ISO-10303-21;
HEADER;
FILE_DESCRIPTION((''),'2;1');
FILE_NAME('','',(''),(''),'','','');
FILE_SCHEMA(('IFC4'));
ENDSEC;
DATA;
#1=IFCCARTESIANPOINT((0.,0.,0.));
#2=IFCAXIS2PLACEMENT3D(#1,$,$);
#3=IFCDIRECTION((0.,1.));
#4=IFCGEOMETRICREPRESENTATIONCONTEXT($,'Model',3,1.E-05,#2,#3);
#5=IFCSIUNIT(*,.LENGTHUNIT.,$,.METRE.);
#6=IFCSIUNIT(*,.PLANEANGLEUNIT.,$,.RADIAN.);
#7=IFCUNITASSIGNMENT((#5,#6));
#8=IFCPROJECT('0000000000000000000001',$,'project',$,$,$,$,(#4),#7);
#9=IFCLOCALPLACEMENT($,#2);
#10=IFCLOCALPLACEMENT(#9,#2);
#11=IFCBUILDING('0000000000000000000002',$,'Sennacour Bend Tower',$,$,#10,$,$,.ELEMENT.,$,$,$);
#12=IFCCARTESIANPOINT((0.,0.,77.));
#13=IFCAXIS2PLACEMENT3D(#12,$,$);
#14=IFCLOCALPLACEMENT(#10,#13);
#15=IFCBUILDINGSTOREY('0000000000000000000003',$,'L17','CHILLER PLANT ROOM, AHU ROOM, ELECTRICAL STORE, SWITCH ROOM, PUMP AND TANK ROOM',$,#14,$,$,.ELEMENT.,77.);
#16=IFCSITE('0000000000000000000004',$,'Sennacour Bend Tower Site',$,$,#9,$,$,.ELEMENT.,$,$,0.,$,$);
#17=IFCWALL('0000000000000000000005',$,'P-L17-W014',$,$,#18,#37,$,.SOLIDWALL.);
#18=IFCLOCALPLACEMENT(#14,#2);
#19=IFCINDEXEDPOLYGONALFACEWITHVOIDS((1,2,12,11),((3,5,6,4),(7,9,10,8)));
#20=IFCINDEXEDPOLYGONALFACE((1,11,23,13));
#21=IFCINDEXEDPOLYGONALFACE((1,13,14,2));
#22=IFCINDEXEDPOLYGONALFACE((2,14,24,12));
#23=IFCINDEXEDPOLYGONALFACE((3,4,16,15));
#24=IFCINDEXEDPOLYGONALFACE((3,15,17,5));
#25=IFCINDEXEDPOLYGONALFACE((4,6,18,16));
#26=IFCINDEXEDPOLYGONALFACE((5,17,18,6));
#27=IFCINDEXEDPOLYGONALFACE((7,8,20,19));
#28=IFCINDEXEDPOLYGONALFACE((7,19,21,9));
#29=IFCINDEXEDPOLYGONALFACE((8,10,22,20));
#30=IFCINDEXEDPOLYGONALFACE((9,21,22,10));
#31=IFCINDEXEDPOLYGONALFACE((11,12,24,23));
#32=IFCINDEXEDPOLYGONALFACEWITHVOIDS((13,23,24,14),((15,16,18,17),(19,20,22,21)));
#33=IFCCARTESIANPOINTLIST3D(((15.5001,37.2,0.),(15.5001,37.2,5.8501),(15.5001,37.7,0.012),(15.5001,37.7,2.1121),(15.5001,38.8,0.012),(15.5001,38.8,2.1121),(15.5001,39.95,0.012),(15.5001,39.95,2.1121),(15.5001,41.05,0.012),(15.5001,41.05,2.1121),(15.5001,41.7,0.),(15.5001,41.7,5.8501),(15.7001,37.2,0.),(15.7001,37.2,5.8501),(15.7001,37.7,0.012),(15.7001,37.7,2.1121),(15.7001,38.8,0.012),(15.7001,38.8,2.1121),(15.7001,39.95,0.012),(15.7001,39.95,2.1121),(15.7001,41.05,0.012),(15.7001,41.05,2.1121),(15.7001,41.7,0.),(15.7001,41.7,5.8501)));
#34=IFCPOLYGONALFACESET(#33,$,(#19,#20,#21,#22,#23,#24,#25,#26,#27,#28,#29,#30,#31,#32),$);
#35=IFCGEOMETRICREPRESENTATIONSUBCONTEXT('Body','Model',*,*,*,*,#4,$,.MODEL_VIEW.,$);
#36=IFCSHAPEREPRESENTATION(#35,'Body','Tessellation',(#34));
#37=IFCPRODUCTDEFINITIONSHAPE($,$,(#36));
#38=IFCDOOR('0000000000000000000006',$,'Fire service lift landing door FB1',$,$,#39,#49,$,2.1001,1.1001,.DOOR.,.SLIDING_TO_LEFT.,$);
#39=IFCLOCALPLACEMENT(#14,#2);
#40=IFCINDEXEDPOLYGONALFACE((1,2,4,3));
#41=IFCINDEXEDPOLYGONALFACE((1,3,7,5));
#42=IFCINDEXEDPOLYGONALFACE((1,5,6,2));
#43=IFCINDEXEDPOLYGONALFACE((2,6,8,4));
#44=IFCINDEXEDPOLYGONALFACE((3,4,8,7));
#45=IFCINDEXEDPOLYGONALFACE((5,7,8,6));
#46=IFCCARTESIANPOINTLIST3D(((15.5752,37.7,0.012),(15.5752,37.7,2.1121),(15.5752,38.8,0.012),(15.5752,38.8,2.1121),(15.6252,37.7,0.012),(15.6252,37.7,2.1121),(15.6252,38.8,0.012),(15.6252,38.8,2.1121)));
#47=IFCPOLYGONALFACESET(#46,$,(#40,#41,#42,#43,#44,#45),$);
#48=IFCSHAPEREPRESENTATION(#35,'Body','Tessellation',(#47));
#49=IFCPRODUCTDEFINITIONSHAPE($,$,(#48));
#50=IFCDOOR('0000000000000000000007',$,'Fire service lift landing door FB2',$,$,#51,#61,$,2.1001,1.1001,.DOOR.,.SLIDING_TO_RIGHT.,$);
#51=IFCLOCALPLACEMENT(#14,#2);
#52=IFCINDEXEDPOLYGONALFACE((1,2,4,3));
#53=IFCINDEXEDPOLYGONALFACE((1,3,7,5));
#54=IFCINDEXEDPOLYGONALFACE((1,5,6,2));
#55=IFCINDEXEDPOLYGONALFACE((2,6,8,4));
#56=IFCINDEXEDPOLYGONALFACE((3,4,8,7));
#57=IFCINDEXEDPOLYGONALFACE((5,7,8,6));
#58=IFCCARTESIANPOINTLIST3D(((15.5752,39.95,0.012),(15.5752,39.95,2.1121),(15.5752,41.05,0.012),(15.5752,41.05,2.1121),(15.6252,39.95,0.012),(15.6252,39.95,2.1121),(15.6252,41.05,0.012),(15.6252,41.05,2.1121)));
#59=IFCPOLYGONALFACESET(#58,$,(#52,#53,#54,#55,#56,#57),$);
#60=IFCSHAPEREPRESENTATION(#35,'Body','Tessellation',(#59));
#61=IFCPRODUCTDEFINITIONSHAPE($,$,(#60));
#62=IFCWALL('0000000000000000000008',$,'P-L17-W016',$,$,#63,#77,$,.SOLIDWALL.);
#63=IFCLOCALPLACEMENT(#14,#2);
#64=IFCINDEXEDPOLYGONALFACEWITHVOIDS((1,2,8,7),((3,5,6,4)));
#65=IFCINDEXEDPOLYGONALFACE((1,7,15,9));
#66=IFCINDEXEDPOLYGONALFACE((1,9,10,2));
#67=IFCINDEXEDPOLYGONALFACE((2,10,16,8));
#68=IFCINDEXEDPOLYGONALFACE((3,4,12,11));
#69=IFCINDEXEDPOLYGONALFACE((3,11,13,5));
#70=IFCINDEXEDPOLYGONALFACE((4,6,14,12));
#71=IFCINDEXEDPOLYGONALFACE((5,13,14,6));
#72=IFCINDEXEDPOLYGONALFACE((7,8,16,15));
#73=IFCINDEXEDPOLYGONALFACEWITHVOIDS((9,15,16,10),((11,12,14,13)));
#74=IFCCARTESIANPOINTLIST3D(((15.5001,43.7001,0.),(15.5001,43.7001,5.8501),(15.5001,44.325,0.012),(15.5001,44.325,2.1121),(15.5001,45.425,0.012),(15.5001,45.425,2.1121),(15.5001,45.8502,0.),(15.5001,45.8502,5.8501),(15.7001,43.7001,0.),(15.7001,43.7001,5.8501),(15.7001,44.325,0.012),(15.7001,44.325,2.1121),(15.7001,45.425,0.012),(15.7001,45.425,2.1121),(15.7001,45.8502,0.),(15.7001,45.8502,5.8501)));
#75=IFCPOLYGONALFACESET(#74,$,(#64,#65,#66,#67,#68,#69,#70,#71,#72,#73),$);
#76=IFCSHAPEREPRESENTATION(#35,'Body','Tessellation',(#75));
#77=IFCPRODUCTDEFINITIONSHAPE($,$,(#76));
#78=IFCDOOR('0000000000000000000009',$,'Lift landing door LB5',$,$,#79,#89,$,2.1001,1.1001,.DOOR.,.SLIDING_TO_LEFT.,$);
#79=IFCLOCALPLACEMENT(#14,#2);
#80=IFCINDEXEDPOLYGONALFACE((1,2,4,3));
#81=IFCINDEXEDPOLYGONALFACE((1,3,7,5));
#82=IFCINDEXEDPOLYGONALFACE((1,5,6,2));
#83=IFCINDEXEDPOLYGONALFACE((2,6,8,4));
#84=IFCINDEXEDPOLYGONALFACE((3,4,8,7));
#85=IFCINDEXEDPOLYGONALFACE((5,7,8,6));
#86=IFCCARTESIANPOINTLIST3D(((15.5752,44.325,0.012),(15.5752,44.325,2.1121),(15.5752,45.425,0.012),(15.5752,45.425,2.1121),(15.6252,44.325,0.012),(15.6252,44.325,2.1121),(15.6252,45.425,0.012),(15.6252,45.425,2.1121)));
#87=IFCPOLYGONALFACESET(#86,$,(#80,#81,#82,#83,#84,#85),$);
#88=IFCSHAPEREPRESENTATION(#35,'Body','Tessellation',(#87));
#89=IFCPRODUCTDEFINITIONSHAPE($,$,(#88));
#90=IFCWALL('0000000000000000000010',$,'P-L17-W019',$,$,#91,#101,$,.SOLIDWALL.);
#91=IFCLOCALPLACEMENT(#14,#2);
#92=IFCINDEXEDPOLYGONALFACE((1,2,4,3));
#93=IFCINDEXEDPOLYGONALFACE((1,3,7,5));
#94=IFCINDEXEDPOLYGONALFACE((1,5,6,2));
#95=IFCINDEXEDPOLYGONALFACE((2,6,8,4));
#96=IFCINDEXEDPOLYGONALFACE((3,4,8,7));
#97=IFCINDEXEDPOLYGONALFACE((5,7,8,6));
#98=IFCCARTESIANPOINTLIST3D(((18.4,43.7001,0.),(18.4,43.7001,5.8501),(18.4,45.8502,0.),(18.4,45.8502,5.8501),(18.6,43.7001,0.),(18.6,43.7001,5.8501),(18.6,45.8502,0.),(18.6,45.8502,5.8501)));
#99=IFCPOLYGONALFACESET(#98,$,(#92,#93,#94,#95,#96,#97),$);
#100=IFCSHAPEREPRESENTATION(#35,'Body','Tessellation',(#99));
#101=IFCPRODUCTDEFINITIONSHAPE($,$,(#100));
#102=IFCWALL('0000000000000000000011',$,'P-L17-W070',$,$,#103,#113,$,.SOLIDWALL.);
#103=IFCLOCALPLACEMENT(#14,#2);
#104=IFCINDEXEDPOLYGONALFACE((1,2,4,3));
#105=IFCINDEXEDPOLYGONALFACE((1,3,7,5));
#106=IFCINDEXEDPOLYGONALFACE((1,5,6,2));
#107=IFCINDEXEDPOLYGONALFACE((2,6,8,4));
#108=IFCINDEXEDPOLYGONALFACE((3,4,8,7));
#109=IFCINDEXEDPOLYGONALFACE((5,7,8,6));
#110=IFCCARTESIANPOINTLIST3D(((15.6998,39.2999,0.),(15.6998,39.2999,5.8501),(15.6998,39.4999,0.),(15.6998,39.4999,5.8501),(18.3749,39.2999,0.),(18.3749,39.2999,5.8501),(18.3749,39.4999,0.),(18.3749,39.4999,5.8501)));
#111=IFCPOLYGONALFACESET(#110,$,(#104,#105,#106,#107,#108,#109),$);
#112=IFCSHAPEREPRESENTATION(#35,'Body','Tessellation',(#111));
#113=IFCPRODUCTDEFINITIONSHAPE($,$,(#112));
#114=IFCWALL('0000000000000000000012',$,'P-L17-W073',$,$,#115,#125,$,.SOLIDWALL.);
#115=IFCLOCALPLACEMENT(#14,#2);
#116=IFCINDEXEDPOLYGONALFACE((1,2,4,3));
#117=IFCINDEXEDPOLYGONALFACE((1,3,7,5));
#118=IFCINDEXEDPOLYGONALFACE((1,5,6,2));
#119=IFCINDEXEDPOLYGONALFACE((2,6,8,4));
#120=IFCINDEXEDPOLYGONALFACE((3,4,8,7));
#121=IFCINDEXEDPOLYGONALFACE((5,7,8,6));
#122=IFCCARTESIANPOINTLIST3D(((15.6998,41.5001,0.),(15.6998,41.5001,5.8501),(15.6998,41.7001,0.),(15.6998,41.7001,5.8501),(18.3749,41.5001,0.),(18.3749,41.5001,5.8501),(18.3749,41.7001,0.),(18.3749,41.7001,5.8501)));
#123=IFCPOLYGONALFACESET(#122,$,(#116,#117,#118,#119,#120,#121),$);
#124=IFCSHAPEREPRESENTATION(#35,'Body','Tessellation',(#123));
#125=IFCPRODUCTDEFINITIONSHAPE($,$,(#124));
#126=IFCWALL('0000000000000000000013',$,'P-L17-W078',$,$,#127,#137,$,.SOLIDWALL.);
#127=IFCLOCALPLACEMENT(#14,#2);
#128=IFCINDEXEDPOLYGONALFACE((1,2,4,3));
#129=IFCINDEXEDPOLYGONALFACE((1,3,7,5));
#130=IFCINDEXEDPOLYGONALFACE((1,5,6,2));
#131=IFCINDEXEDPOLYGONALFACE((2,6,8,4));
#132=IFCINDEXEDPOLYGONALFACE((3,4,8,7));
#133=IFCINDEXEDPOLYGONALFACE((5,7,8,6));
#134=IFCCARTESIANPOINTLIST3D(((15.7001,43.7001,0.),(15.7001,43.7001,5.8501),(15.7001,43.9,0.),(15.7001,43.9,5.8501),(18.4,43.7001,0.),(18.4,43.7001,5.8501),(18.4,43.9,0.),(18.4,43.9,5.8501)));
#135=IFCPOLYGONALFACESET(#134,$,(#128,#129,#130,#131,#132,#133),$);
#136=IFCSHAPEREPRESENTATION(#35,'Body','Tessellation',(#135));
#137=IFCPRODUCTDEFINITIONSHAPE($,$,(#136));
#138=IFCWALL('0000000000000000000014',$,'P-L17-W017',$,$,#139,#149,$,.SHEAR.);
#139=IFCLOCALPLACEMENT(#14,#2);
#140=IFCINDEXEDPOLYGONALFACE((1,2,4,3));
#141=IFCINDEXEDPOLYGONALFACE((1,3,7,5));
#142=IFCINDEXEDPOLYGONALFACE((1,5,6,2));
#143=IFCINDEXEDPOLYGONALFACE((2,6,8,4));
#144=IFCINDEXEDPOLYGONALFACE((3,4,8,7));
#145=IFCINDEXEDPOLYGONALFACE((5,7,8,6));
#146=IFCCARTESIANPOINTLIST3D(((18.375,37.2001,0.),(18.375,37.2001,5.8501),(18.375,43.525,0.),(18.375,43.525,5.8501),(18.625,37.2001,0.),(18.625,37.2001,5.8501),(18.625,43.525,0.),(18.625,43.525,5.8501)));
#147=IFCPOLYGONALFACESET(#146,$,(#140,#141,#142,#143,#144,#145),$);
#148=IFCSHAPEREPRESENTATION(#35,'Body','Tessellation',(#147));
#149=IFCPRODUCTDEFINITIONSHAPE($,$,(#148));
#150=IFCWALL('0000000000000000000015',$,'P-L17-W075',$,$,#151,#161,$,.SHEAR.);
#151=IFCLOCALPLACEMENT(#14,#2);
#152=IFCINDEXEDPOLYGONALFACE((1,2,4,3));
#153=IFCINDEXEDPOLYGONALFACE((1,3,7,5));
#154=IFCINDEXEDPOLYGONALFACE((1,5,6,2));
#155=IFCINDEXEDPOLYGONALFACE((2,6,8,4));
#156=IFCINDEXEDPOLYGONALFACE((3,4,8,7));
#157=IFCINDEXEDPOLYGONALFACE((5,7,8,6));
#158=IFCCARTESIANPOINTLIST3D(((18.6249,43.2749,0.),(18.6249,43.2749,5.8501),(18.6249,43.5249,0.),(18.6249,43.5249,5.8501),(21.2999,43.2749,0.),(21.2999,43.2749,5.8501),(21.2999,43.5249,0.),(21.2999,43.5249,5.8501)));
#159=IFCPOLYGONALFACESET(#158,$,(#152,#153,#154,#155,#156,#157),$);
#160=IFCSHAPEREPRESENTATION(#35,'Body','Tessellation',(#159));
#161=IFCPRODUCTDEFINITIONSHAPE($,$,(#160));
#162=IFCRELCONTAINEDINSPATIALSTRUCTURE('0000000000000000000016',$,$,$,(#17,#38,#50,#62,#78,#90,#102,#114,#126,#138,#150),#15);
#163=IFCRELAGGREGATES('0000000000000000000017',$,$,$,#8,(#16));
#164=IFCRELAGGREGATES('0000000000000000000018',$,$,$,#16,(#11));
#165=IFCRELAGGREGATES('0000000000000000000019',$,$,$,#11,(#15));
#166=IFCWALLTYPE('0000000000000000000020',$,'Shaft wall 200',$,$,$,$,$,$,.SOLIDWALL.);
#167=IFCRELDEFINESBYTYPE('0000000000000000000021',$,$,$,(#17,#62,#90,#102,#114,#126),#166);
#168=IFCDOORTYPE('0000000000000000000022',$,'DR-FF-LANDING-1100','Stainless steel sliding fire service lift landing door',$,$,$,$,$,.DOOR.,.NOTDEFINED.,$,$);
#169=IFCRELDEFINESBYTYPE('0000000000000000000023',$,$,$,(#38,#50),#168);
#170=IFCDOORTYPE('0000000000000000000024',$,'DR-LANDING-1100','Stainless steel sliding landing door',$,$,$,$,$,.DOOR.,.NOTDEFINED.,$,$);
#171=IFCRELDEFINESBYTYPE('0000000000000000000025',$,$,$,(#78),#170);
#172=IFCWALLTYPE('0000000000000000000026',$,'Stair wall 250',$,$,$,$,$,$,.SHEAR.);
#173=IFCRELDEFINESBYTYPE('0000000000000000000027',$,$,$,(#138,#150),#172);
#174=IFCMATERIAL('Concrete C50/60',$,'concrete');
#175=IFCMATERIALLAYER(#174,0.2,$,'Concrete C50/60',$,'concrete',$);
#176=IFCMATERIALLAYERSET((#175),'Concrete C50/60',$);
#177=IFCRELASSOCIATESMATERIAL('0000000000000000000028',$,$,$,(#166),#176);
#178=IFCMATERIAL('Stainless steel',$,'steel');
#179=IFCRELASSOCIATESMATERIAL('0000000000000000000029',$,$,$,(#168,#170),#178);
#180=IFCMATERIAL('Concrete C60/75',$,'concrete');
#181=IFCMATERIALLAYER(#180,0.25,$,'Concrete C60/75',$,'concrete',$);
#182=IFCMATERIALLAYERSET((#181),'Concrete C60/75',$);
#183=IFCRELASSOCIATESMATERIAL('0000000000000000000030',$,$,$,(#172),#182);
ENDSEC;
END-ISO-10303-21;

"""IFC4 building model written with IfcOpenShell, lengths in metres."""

from ifc_helpers import new_model, si_unit, direction, frame, frame_2d, origin, place, context, subcontext, project, spatial, rectangle, extrude, material, layer, layer_set, type_object, element, fill, save


model = new_model("IFC4")

# Units and contexts
model_context = context("Model", 3, precision=1e-05, world=origin(), true_north=direction((0.0, 1.0)))
body_context = subcontext(model_context, "Body", "Model", "MODEL_VIEW")
ifc_project = project(units=[si_unit("LENGTHUNIT", "METRE"), si_unit("PLANEANGLEUNIT", "RADIAN")], contexts=[model_context])

# Site, building, storey
site_placement = place(None, origin())
site = spatial("IfcSite", under=ifc_project, at=site_placement, Name="Sennacour Bend Tower Site", CompositionType="ELEMENT", RefElevation=0.0)
building_placement = place(site_placement, origin())
building = spatial("IfcBuilding", under=site, at=building_placement, Name="Sennacour Bend Tower", CompositionType="ELEMENT")
storey_placement = place(building_placement, frame((0.0, 0.0, 77.0)))
storey = spatial("IfcBuildingStorey", under=building, at=storey_placement, Name="L17", Description="CHILLER PLANT ROOM, AHU ROOM, ELECTRICAL STORE, SWITCH ROOM, PUMP AND TANK ROOM", CompositionType="ELEMENT", Elevation=77.0)

# Wall, openings, doors
ifc_material_1 = material(Name="Concrete C50/60", Category="concrete")
ifc_layer_1 = layer(ifc_material_1, 0.2, Name="Concrete C50/60", Category="concrete")
ifc_layer_set_1 = layer_set([ifc_layer_1], Name="Concrete C50/60")
wall_type_1 = type_object("IfcWallType", Name="Shaft wall 200", PredefinedType="SOLIDWALL", material=ifc_layer_set_1)
wall_1_placement = place(storey_placement, frame((15.6001, 37.2, 0.0), z_axis=(0.0, 0.0, 1.0), x_axis=(0.0, 1.0, 0.0)))
wall_1 = element("IfcWall", 1, at=wall_1_placement, inside=storey, type_object=wall_type_1, Name="P-L17-W014", PredefinedType="SOLIDWALL", context=body_context, shape_type="SweptSolid", body=[
    extrude(rectangle(XDim=4.5, YDim=0.2, at=frame_2d((2.25, 0.0))), origin(), (0.0, 0.0, 1.0), 5.8501),
])
opening_1_placement = place(wall_1_placement, frame((0.5, 0.0, 0.012)))
opening_1 = element("IfcOpeningElement", 2, at=opening_1_placement, cuts=wall_1, PredefinedType="OPENING", context=body_context, shape_type="SweptSolid", body=[
    extrude(rectangle(XDim=1.1001, YDim=2.1001, at=frame_2d((0.55, 1.05))), frame((0.0, 0.1099, 0.0), z_axis=(0.0, -1.0, 0.0), x_axis=(1.0, 0.0, 0.0)), (0.0, 0.0, 1.0), 0.22),
])
opening_2_placement = place(wall_1_placement, frame((2.75, 0.0, 0.012)))
opening_2 = element("IfcOpeningElement", 3, at=opening_2_placement, cuts=wall_1, PredefinedType="OPENING", context=body_context, shape_type="SweptSolid", body=[
    extrude(rectangle(XDim=1.1001, YDim=2.1001, at=frame_2d((0.55, 1.05))), frame((0.0, 0.1099, 0.0), z_axis=(0.0, -1.0, 0.0), x_axis=(1.0, 0.0, 0.0)), (0.0, 0.0, 1.0), 0.22),
])
ifc_material_2 = material(Name="Stainless steel", Category="steel")
door_type_1 = type_object("IfcDoorType", Name="DR-FF-LANDING-1100", Description="Stainless steel sliding fire service lift landing door", OperationType="NOTDEFINED", PredefinedType="DOOR", material=ifc_material_2)
door_1_placement = place(opening_1_placement, origin())
door_1 = element("IfcDoor", 4, at=door_1_placement, inside=storey, type_object=door_type_1, Name="Fire service lift landing door FB1", OperationType="SLIDING_TO_LEFT", OverallHeight=2.1001, OverallWidth=1.1001, PredefinedType="DOOR", context=body_context, shape_type="SweptSolid", body=[
    extrude(rectangle(XDim=1.1001, YDim=2.1001, at=frame_2d((0.55, 1.05))), frame((0.0, 0.0249, 0.0), z_axis=(0.0, -1.0, 0.0), x_axis=(1.0, 0.0, 0.0)), (0.0, 0.0, 1.0), 0.05),
])
fill(opening_1, door_1)
door_2_placement = place(opening_2_placement, origin())
door_2 = element("IfcDoor", 5, at=door_2_placement, inside=storey, type_object=door_type_1, Name="Fire service lift landing door FB2", OperationType="SLIDING_TO_RIGHT", OverallHeight=2.1001, OverallWidth=1.1001, PredefinedType="DOOR", context=body_context, shape_type="SweptSolid", body=[
    extrude(rectangle(XDim=1.1001, YDim=2.1001, at=frame_2d((0.55, 1.05))), frame((0.0, 0.0249, 0.0), z_axis=(0.0, -1.0, 0.0), x_axis=(1.0, 0.0, 0.0)), (0.0, 0.0, 1.0), 0.05),
])
fill(opening_2, door_2)

# Wall, opening, door
wall_2_placement = place(storey_placement, frame((15.6001, 43.7, 0.0), z_axis=(0.0, 0.0, 1.0), x_axis=(0.0, 1.0, 0.0)))
wall_2 = element("IfcWall", 6, at=wall_2_placement, inside=storey, type_object=wall_type_1, Name="P-L17-W016", PredefinedType="SOLIDWALL", context=body_context, shape_type="SweptSolid", body=[
    extrude(rectangle(XDim=2.1501, YDim=0.2, at=frame_2d((1.0752, 0.0))), origin(), (0.0, 0.0, 1.0), 5.8501),
])
opening_3_placement = place(wall_2_placement, frame((0.625, 0.0, 0.012)))
opening_3 = element("IfcOpeningElement", 7, at=opening_3_placement, cuts=wall_2, PredefinedType="OPENING", context=body_context, shape_type="SweptSolid", body=[
    extrude(rectangle(XDim=1.1001, YDim=2.1001, at=frame_2d((0.55, 1.05))), frame((0.0, 0.1099, 0.0), z_axis=(0.0, -1.0, 0.0), x_axis=(1.0, 0.0, 0.0)), (0.0, 0.0, 1.0), 0.22),
])
door_type_2 = type_object("IfcDoorType", Name="DR-LANDING-1100", Description="Stainless steel sliding landing door", OperationType="NOTDEFINED", PredefinedType="DOOR", material=ifc_material_2)
door_3_placement = place(opening_3_placement, origin())
door_3 = element("IfcDoor", 8, at=door_3_placement, inside=storey, type_object=door_type_2, Name="Lift landing door LB5", OperationType="SLIDING_TO_LEFT", OverallHeight=2.1001, OverallWidth=1.1001, PredefinedType="DOOR", context=body_context, shape_type="SweptSolid", body=[
    extrude(rectangle(XDim=1.1001, YDim=2.1001, at=frame_2d((0.55, 1.05))), frame((0.0, 0.0249, 0.0), z_axis=(0.0, -1.0, 0.0), x_axis=(1.0, 0.0, 0.0)), (0.0, 0.0, 1.0), 0.05),
])
fill(opening_3, door_3)

# Walls
wall_3_placement = place(storey_placement, frame((18.5, 43.7, 0.0), z_axis=(0.0, 0.0, 1.0), x_axis=(0.0, 1.0, 0.0)))
element("IfcWall", 9, at=wall_3_placement, inside=storey, type_object=wall_type_1, Name="P-L17-W019", PredefinedType="SOLIDWALL", context=body_context, shape_type="SweptSolid", body=[
    extrude(rectangle(XDim=2.1501, YDim=0.2, at=frame_2d((1.0752, 0.0))), origin(), (0.0, 0.0, 1.0), 5.8501),
])
for number, where, z_axis, x_axis, name in (
    (10, (15.7, 39.3999, 0.0), (0.0, 0.0, 1.0), (1.0, 0.0, 0.0), "P-L17-W070"),
    (11, (15.7, 41.6001, 0.0), (0.0, 0.0, 1.0), (1.0, 0.0, 0.0), "P-L17-W073"),
):
    element("IfcWall", number, at=place(storey_placement, frame(where, z_axis=z_axis, x_axis=x_axis)), inside=storey, type_object=wall_type_1, Name=name, PredefinedType="SOLIDWALL", context=body_context, shape_type="SweptSolid", body=[
        extrude(rectangle(XDim=2.675, YDim=0.2, at=frame_2d((1.3374, 0.0))), origin(), (0.0, 0.0, 1.0), 5.8501),
    ])
wall_4_placement = place(storey_placement, frame((15.7, 43.8, 0.0), z_axis=(0.0, 0.0, 1.0), x_axis=(1.0, 0.0, 0.0)))
element("IfcWall", 12, at=wall_4_placement, inside=storey, type_object=wall_type_1, Name="P-L17-W078", PredefinedType="SOLIDWALL", context=body_context, shape_type="SweptSolid", body=[
    extrude(rectangle(XDim=2.7, YDim=0.2, at=frame_2d((1.3501, 0.0))), origin(), (0.0, 0.0, 1.0), 5.8501),
])
ifc_material_3 = material(Name="Concrete C60/75", Category="concrete")
ifc_layer_2 = layer(ifc_material_3, 0.25, Name="Concrete C60/75", Category="concrete")
ifc_layer_set_2 = layer_set([ifc_layer_2], Name="Concrete C60/75")
wall_type_2 = type_object("IfcWallType", Name="Stair wall 250", PredefinedType="SHEAR", material=ifc_layer_set_2)
wall_5_placement = place(storey_placement, frame((18.5, 37.2, 0.0), z_axis=(0.0, 0.0, 1.0), x_axis=(0.0, 1.0, 0.0)))
element("IfcWall", 13, at=wall_5_placement, inside=storey, type_object=wall_type_2, Name="P-L17-W017", PredefinedType="SHEAR", context=body_context, shape_type="SweptSolid", body=[
    extrude(rectangle(XDim=6.325, YDim=0.25, at=frame_2d((3.1626, 0.0))), origin(), (0.0, 0.0, 1.0), 5.8501),
])
wall_6_placement = place(storey_placement, frame((18.625, 43.3999, 0.0), z_axis=(0.0, 0.0, 1.0), x_axis=(1.0, 0.0, 0.0)))
element("IfcWall", 14, at=wall_6_placement, inside=storey, type_object=wall_type_2, Name="P-L17-W075", PredefinedType="SHEAR", context=body_context, shape_type="SweptSolid", body=[
    extrude(rectangle(XDim=2.675, YDim=0.25, at=frame_2d((1.3374, 0.0))), origin(), (0.0, 0.0, 1.0), 5.8501),
])

save(model, "model.ifc")
